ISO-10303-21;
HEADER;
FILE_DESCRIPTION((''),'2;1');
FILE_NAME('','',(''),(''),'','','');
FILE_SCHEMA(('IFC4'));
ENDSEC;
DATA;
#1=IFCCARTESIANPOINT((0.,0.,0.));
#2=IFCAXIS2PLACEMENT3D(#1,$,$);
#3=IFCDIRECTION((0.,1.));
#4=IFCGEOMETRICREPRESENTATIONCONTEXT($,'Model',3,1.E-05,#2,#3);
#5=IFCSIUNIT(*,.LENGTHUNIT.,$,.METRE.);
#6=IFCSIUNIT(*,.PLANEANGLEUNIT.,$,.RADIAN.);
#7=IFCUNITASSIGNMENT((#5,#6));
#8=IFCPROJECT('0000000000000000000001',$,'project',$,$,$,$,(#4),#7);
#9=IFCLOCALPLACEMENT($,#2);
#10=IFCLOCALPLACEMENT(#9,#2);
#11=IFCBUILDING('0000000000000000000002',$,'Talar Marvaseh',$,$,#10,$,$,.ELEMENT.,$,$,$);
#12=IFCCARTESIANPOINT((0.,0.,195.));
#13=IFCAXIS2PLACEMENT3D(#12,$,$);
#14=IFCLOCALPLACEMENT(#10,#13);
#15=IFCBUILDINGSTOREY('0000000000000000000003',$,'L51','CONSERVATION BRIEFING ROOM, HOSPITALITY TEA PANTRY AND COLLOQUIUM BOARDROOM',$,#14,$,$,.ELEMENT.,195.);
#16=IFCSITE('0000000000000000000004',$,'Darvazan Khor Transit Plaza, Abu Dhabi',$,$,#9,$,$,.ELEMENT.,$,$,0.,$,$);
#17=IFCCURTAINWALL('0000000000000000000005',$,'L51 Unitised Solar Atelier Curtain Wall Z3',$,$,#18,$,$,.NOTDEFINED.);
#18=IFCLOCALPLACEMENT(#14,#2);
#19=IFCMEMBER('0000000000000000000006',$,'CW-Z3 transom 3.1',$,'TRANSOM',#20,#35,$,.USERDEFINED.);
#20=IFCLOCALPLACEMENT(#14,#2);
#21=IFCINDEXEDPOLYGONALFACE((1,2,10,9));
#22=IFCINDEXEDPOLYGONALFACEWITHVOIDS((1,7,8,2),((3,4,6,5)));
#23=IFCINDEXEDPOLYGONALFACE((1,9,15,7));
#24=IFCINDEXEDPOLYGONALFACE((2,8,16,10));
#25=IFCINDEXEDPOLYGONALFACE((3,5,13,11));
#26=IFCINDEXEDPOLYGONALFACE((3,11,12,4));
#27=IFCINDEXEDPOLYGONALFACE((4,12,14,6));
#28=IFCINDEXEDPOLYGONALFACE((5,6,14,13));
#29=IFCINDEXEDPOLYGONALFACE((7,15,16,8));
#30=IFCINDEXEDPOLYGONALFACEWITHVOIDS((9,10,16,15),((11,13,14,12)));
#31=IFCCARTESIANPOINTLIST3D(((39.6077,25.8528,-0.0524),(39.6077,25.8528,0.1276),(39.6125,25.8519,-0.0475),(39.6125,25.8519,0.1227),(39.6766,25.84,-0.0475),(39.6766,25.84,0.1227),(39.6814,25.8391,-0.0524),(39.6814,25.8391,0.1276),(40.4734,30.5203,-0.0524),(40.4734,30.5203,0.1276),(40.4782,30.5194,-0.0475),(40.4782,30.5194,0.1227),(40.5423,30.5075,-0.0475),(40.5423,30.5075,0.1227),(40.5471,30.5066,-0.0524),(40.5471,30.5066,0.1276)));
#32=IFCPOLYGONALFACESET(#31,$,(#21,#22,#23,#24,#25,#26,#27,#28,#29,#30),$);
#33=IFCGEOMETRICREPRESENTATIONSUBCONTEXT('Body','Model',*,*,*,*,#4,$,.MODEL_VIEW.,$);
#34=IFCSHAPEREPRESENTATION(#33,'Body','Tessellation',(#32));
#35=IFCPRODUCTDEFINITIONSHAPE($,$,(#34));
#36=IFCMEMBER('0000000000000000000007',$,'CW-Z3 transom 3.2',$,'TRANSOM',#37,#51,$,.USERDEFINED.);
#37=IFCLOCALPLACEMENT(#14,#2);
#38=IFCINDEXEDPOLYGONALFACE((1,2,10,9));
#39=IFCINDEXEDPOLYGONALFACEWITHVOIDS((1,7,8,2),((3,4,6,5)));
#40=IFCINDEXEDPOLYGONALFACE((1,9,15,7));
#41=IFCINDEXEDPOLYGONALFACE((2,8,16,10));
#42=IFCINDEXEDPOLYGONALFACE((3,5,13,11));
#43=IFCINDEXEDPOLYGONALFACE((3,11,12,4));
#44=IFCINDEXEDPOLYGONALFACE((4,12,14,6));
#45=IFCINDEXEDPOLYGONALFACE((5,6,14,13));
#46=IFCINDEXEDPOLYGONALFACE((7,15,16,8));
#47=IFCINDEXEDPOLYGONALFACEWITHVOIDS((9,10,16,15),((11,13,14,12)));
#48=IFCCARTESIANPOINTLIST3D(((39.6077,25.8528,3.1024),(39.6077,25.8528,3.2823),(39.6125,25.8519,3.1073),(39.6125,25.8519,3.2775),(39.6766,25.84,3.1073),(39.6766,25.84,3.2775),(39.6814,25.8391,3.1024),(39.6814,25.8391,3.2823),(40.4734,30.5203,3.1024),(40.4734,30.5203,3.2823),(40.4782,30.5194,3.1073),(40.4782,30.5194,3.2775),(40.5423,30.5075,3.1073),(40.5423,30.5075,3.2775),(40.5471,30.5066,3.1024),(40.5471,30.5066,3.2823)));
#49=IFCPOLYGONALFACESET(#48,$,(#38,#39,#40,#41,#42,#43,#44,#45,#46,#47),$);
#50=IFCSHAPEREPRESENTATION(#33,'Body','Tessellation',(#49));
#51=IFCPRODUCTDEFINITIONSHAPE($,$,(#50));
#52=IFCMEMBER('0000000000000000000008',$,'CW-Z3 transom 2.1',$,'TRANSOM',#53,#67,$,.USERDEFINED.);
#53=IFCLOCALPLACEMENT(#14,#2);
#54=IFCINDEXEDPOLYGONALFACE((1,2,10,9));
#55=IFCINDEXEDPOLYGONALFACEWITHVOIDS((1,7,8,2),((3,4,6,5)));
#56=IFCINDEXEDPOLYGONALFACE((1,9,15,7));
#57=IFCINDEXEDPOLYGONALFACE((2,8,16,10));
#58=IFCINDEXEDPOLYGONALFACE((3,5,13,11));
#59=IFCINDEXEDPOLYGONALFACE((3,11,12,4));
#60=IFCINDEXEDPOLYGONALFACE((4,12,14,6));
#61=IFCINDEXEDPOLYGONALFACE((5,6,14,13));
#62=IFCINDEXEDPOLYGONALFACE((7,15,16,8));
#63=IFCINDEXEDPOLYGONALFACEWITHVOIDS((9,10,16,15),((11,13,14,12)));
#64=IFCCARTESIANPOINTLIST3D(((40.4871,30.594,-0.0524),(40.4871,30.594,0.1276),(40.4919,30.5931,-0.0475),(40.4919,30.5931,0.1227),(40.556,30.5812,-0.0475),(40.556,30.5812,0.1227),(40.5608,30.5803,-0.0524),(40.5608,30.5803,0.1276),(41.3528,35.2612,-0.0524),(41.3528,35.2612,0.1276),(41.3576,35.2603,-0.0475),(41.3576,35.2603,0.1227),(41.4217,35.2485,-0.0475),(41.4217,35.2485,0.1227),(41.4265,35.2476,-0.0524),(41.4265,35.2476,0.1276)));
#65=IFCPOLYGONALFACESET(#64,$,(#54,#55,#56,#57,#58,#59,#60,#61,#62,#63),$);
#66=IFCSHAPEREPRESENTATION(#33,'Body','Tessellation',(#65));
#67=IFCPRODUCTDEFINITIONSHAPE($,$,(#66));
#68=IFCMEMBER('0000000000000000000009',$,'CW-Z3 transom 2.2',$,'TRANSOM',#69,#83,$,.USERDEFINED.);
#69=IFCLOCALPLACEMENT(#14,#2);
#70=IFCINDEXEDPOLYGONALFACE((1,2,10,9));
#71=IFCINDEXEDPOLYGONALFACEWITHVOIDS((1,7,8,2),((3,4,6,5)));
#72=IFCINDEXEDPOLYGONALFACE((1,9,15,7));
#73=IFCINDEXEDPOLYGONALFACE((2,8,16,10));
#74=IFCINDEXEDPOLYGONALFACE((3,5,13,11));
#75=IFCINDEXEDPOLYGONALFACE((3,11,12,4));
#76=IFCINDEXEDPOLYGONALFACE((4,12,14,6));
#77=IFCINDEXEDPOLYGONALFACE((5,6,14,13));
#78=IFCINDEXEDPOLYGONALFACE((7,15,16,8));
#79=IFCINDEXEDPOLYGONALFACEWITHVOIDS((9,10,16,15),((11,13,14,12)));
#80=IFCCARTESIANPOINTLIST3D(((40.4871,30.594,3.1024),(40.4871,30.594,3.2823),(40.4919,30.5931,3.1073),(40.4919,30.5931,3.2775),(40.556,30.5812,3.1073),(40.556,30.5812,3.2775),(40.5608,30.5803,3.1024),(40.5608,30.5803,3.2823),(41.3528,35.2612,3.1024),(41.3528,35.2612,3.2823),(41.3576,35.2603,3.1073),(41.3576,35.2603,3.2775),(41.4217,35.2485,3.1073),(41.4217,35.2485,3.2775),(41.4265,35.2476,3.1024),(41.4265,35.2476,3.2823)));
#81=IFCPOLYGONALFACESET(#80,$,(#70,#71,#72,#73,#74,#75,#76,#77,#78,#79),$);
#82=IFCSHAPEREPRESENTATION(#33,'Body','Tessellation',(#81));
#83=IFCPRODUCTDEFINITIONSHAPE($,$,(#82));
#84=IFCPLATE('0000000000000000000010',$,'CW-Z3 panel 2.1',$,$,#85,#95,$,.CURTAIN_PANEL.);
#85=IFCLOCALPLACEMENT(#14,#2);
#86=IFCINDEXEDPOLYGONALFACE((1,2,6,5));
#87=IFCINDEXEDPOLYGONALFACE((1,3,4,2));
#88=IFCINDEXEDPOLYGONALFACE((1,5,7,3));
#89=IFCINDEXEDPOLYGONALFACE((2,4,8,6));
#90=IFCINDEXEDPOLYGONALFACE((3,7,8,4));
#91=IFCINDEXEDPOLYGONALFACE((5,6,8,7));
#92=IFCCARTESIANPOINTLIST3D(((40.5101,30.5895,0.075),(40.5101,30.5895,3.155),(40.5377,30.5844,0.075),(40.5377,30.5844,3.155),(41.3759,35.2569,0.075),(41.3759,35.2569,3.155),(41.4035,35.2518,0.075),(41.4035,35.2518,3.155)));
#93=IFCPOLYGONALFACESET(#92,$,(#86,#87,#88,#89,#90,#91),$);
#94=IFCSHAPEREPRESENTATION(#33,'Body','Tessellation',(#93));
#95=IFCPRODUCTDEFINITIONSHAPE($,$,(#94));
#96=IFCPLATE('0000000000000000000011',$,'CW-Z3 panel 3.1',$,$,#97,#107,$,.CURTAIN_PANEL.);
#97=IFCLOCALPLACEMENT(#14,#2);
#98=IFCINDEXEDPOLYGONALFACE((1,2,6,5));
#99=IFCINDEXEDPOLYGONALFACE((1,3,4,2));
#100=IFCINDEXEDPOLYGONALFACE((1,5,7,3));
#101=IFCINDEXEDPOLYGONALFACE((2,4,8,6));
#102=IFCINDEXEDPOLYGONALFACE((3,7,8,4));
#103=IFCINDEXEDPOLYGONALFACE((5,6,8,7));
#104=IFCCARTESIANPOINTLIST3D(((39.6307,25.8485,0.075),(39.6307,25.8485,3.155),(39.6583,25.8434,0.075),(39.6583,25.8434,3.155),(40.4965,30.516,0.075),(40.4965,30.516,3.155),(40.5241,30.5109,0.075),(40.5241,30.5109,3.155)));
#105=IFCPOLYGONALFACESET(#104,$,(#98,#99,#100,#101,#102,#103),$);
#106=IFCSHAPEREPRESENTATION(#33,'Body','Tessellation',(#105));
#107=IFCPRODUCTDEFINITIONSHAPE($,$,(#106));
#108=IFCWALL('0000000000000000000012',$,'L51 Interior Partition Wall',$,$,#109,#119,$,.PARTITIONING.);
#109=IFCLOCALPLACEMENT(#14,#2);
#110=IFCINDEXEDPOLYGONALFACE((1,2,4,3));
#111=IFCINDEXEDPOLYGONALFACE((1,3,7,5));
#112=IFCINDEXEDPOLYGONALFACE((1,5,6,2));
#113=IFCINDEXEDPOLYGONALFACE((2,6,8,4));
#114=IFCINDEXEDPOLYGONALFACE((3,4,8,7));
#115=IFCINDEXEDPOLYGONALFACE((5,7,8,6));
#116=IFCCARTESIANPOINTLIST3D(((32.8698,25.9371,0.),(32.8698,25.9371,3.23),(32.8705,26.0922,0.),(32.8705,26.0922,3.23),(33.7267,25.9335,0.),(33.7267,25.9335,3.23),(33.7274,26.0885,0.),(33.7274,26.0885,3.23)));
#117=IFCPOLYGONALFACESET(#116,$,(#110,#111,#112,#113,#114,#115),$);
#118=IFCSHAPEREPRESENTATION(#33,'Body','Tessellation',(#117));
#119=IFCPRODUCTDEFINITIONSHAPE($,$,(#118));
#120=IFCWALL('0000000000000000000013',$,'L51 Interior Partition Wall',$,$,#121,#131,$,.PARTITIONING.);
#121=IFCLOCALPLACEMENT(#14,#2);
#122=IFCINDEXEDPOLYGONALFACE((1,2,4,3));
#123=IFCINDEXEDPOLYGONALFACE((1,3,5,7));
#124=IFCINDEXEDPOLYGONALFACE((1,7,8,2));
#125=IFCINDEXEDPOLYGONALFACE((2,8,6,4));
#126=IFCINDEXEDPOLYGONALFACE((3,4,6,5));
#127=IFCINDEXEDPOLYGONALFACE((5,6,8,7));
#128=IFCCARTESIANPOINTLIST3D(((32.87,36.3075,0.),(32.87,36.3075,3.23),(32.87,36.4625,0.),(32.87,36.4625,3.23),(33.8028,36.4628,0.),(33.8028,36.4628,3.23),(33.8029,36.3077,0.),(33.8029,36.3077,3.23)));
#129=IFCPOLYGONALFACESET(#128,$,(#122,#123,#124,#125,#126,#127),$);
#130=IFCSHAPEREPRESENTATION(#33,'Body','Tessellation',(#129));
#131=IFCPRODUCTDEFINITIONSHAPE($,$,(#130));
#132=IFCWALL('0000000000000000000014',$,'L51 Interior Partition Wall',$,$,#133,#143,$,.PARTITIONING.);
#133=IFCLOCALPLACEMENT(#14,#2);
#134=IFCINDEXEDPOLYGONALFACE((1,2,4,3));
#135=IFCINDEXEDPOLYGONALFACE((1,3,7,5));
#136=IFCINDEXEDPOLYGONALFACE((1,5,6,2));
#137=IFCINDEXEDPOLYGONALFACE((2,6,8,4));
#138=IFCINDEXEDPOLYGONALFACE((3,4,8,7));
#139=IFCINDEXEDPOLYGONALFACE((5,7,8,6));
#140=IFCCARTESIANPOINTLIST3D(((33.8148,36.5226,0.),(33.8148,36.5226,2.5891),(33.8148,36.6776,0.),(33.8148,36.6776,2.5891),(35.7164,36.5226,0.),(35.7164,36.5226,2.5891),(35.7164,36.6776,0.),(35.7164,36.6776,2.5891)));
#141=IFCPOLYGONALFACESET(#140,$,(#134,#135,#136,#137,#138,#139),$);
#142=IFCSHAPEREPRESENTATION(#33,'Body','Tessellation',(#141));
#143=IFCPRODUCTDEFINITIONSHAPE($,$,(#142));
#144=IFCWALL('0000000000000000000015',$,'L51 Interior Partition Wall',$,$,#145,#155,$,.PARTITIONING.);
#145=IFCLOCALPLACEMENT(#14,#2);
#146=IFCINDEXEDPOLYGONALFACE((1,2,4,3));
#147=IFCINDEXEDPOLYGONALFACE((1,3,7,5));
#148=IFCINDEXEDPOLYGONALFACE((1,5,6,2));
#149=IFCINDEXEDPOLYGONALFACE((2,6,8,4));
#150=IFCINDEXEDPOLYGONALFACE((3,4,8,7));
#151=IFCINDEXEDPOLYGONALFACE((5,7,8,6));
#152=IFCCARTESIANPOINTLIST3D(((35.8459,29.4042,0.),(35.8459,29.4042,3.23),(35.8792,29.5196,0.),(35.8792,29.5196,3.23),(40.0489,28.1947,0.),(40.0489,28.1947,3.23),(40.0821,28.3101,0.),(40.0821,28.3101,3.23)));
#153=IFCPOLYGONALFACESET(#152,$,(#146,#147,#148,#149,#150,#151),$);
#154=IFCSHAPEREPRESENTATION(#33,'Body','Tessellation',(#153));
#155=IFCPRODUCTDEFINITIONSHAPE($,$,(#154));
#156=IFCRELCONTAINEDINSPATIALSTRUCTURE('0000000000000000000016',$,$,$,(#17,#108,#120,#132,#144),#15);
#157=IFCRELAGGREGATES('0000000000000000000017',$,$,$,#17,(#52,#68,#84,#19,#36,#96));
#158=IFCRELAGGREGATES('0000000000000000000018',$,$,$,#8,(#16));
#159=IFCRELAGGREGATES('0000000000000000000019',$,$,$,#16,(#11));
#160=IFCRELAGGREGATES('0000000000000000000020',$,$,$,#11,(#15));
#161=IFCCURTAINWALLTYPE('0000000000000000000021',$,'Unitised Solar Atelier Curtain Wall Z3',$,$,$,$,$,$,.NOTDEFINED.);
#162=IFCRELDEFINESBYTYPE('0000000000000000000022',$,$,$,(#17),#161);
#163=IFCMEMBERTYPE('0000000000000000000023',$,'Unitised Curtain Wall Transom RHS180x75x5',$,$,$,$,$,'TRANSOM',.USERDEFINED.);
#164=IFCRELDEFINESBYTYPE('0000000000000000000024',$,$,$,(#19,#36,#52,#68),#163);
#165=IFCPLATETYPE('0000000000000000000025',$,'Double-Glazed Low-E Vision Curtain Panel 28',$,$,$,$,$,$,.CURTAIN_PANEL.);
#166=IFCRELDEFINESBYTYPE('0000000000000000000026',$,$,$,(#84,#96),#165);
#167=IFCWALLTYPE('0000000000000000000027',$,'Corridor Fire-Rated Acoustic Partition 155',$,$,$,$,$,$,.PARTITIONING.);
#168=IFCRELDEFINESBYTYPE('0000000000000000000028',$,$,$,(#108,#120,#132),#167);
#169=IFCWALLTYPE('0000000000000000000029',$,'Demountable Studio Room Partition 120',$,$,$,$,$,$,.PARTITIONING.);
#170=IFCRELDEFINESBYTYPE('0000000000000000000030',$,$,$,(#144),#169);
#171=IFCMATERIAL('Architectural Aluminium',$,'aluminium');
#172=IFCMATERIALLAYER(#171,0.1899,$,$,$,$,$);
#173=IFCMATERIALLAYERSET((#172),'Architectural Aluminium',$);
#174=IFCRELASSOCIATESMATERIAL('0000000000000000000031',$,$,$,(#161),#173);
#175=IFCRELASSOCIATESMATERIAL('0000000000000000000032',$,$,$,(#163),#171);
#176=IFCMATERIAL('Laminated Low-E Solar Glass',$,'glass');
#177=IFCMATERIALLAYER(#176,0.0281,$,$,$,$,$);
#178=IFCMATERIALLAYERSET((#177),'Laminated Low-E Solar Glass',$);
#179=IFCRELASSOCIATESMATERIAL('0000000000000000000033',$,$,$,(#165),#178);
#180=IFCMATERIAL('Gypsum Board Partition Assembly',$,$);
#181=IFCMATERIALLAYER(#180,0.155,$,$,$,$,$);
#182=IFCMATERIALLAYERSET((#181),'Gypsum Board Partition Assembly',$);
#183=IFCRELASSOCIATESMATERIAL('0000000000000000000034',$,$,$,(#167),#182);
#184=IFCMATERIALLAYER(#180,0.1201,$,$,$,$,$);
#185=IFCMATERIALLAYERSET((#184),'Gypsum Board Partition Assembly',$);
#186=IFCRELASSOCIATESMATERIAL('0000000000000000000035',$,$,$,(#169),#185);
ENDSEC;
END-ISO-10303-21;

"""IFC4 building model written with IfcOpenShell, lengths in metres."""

from ifc_helpers import new_model, si_unit, direction, frame, frame_2d, origin, origin_2d, place, context, subcontext, project, spatial, rectangle, hollow_rectangle, extrude, source, transform, mapped, material, layer, layer_set, material_profile, profile_set, type_object, type_shapes, element, aggregate, save


model = new_model("IFC4")

# Units and contexts
model_context = context("Model", 3, precision=1e-05, world=origin(), true_north=direction((0.0, 1.0)))
body_context = subcontext(model_context, "Body", "Model", "MODEL_VIEW")
ifc_project = project(units=[si_unit("LENGTHUNIT", "METRE"), si_unit("PLANEANGLEUNIT", "RADIAN")], contexts=[model_context])

# Site, building, storey
site_placement = place(None, origin())
site = spatial("IfcSite", under=ifc_project, at=site_placement, Name="Darvazan Khor Transit Plaza, Abu Dhabi", CompositionType="ELEMENT", RefElevation=0.0)
building_placement = place(site_placement, origin())
building = spatial("IfcBuilding", under=site, at=building_placement, Name="Talar Marvaseh", CompositionType="ELEMENT")
storey_placement = place(building_placement, frame((0.0, 0.0, 195.0)))
storey = spatial("IfcBuildingStorey", under=building, at=storey_placement, Name="L51", Description="CONSERVATION BRIEFING ROOM, HOSPITALITY TEA PANTRY AND COLLOQUIUM BOARDROOM", CompositionType="ELEMENT", Elevation=195.0)

# Curtain wall, members, plates
ifc_material_1 = material(Name="Architectural Aluminium", Category="aluminium")
ifc_layer_1 = layer(ifc_material_1, 0.1899)
ifc_layer_set_1 = layer_set([ifc_layer_1], Name="Architectural Aluminium")
curtain_wall_type = type_object("IfcCurtainWallType", Name="Unitised Solar Atelier Curtain Wall Z3", PredefinedType="NOTDEFINED", material=ifc_layer_set_1)
curtain_wall_placement = place(storey_placement, origin())
curtain_wall = element("IfcCurtainWall", 1, at=curtain_wall_placement, inside=storey, type_object=curtain_wall_type, Name="L51 Unitised Solar Atelier Curtain Wall Z3", PredefinedType="NOTDEFINED")
ifc_material_profile_1 = material_profile(ifc_material_1, hollow_rectangle(XDim=0.075, YDim=0.1799, WallThickness=0.0049, at=origin_2d()), Name="RHS180x75x5")
ifc_profile_set_1 = profile_set([ifc_material_profile_1], Name="Architectural Aluminium")
member_type_1 = type_object("IfcMemberType", Name="Unitised Curtain Wall Transom RHS180x75x5", ElementType="TRANSOM", PredefinedType="USERDEFINED", material=ifc_profile_set_1)
shared_shape_1 = source(origin(), body_context, "Body", "SweptSolid", [
    extrude(hollow_rectangle(XDim=0.075, YDim=0.1799, WallThickness=0.0049, at=origin_2d()), origin(), (0.0, 0.0, 1.0), 4.7471),
])
member_1_placement = place(storey_placement, frame((40.5103, 30.5134, 0.0376), z_axis=(-0.182369, -0.98323, 0.0), x_axis=(0.98323, -0.182369, 0.0)))
member_1 = element("IfcMember", 2, at=member_1_placement, type_object=member_type_1, Name="CW-Z3 transom 3.1", ObjectType="TRANSOM", PredefinedType="USERDEFINED", context=body_context, shape_type="MappedRepresentation", body=[
    mapped(shared_shape_1, transform((0.0, 0.0, 0.0), x_axis=(1.0, 0.0, 0.0), y_axis=(0.0, 1.0, 0.0), z_axis=(0.0, 0.0, 1.0), scale=1.0)),
])
member_2_placement = place(storey_placement, frame((40.5103, 30.5134, 3.1924), z_axis=(-0.182369, -0.98323, 0.0), x_axis=(0.98323, -0.182369, 0.0)))
member_2 = element("IfcMember", 3, at=member_2_placement, type_object=member_type_1, Name="CW-Z3 transom 3.2", ObjectType="TRANSOM", PredefinedType="USERDEFINED", context=body_context, shape_type="MappedRepresentation", body=[
    mapped(shared_shape_1, transform((0.0, 0.0, 0.0), x_axis=(1.0, 0.0, 0.0), y_axis=(0.0, 1.0, 0.0), z_axis=(0.0, 0.0, 1.0), scale=1.0)),
])
shared_shape_2 = source(origin(), body_context, "Body", "SweptSolid", [
    extrude(hollow_rectangle(XDim=0.075, YDim=0.1799, WallThickness=0.0049, at=origin_2d()), origin(), (0.0, 0.0, 1.0), 4.7468),
])
type_shapes(member_type_1, [shared_shape_1, shared_shape_2])
member_3_placement = place(storey_placement, frame((41.3896, 35.2544, 0.0376), z_axis=(-0.182378, -0.983228, 0.0), x_axis=(0.983228, -0.182378, 0.0)))
member_3 = element("IfcMember", 4, at=member_3_placement, type_object=member_type_1, Name="CW-Z3 transom 2.1", ObjectType="TRANSOM", PredefinedType="USERDEFINED", context=body_context, shape_type="MappedRepresentation", body=[
    mapped(shared_shape_2, transform((0.0, 0.0, 0.0), x_axis=(1.0, 0.0, 0.0), y_axis=(0.0, 1.0, 0.0), z_axis=(0.0, 0.0, 1.0), scale=1.0)),
])
member_4_placement = place(storey_placement, frame((41.3896, 35.2544, 3.1924), z_axis=(-0.182378, -0.983228, 0.0), x_axis=(0.983228, -0.182378, 0.0)))
member_4 = element("IfcMember", 5, at=member_4_placement, type_object=member_type_1, Name="CW-Z3 transom 2.2", ObjectType="TRANSOM", PredefinedType="USERDEFINED", context=body_context, shape_type="MappedRepresentation", body=[
    mapped(shared_shape_2, transform((0.0, 0.0, 0.0), x_axis=(1.0, 0.0, 0.0), y_axis=(0.0, 1.0, 0.0), z_axis=(0.0, 0.0, 1.0), scale=1.0)),
])
ifc_material_2 = material(Name="Laminated Low-E Solar Glass", Category="glass")
ifc_layer_2 = layer(ifc_material_2, 0.0281)
ifc_layer_set_2 = layer_set([ifc_layer_2], Name="Laminated Low-E Solar Glass")
plate_type = type_object("IfcPlateType", Name="Double-Glazed Low-E Vision Curtain Panel 28", PredefinedType="CURTAIN_PANEL", material=ifc_layer_set_2)
shared_shape_3 = source(origin(), body_context, "Body", "SweptSolid", [
    extrude(rectangle(XDim=4.7471, YDim=0.0281, at=origin_2d()), origin(), (0.0, 0.0, 1.0), 3.0801),
])
type_shapes(plate_type, [shared_shape_3])
plate_1_placement = place(storey_placement, frame((40.9568, 32.9207, 0.075), z_axis=(0.0, 0.0, 1.0), x_axis=(-0.182387, -0.983227, 0.0)))
plate_1 = element("IfcPlate", 6, at=plate_1_placement, type_object=plate_type, Name="CW-Z3 panel 2.1", PredefinedType="CURTAIN_PANEL", context=body_context, shape_type="MappedRepresentation", body=[
    mapped(shared_shape_3, transform((0.0, 0.0, 0.0), x_axis=(1.0, 0.0, 0.0), y_axis=(0.0, 1.0, 0.0), z_axis=(0.0, 0.0, 1.0), scale=1.0)),
])
plate_2_placement = place(storey_placement, frame((40.0774, 28.1797, 0.075), z_axis=(0.0, 0.0, 1.0), x_axis=(-0.182387, -0.983227, 0.0)))
plate_2 = element("IfcPlate", 7, at=plate_2_placement, type_object=plate_type, Name="CW-Z3 panel 3.1", PredefinedType="CURTAIN_PANEL", context=body_context, shape_type="MappedRepresentation", body=[
    mapped(shared_shape_3, transform((0.0, 0.0, 0.0), x_axis=(1.0, 0.0, 0.0), y_axis=(0.0, 1.0, 0.0), z_axis=(0.0, 0.0, 1.0), scale=1.0)),
])
aggregate(curtain_wall, [member_3, member_4, plate_1, member_1, member_2, plate_2])

# Walls
ifc_material_3 = material(Name="Gypsum Board Partition Assembly")
ifc_layer_3 = layer(ifc_material_3, 0.155)
ifc_layer_set_3 = layer_set([ifc_layer_3], Name="Gypsum Board Partition Assembly")
wall_type_1 = type_object("IfcWallType", Name="Corridor Fire-Rated Acoustic Partition 155", PredefinedType="PARTITIONING", material=ifc_layer_set_3)
wall_1_placement = place(storey_placement, frame((33.7271, 26.011, 0.0), z_axis=(0.0, 0.0, 1.0), x_axis=(-0.999991, 0.004273, 0.0)))
element("IfcWall", 8, at=wall_1_placement, inside=storey, type_object=wall_type_1, Name="L51 Interior Partition Wall", PredefinedType="PARTITIONING", context=body_context, shape_type="SweptSolid", body=[
    extrude(rectangle(XDim=0.8569, YDim=0.155, at=frame_2d((0.4285, 0.0))), origin(), (0.0, 0.0, 1.0), 3.23),
])
wall_2_placement = place(storey_placement, frame((32.8701, 36.385, 0.0), z_axis=(0.0, 0.0, 1.0), x_axis=(1.0, 0.000262, 0.0)))
element("IfcWall", 9, at=wall_2_placement, inside=storey, type_object=wall_type_1, Name="L51 Interior Partition Wall", PredefinedType="PARTITIONING", context=body_context, shape_type="SweptSolid", body=[
    extrude(rectangle(XDim=0.9329, YDim=0.155, at=frame_2d((0.4663, 0.0))), origin(), (0.0, 0.0, 1.0), 3.23),
])
wall_3_placement = place(storey_placement, frame((33.8149, 36.6001, 0.0), z_axis=(0.0, 0.0, 1.0), x_axis=(1.0, 0.0, 0.0)))
element("IfcWall", 10, at=wall_3_placement, inside=storey, type_object=wall_type_1, Name="L51 Interior Partition Wall", PredefinedType="PARTITIONING", context=body_context, shape_type="SweptSolid", body=[
    extrude(rectangle(XDim=1.9016, YDim=0.155, at=frame_2d((0.9507, 0.0))), origin(), (0.0, 0.0, 1.0), 2.5891),
])
ifc_layer_4 = layer(ifc_material_3, 0.1201)
ifc_layer_set_4 = layer_set([ifc_layer_4], Name="Gypsum Board Partition Assembly")
wall_type_2 = type_object("IfcWallType", Name="Demountable Studio Room Partition 120", PredefinedType="PARTITIONING", material=ifc_layer_set_4)
wall_4_placement = place(storey_placement, frame((35.8625, 29.4619, 0.0), z_axis=(0.0, 0.0, 1.0), x_axis=(0.961, -0.276549, 0.0)))
element("IfcWall", 11, at=wall_4_placement, inside=storey, type_object=wall_type_2, Name="L51 Interior Partition Wall", PredefinedType="PARTITIONING", context=body_context, shape_type="SweptSolid", body=[
    extrude(rectangle(XDim=4.3735, YDim=0.1201, at=frame_2d((2.1868, 0.0))), origin(), (0.0, 0.0, 1.0), 3.23),
])

save(model, "model.ifc")
